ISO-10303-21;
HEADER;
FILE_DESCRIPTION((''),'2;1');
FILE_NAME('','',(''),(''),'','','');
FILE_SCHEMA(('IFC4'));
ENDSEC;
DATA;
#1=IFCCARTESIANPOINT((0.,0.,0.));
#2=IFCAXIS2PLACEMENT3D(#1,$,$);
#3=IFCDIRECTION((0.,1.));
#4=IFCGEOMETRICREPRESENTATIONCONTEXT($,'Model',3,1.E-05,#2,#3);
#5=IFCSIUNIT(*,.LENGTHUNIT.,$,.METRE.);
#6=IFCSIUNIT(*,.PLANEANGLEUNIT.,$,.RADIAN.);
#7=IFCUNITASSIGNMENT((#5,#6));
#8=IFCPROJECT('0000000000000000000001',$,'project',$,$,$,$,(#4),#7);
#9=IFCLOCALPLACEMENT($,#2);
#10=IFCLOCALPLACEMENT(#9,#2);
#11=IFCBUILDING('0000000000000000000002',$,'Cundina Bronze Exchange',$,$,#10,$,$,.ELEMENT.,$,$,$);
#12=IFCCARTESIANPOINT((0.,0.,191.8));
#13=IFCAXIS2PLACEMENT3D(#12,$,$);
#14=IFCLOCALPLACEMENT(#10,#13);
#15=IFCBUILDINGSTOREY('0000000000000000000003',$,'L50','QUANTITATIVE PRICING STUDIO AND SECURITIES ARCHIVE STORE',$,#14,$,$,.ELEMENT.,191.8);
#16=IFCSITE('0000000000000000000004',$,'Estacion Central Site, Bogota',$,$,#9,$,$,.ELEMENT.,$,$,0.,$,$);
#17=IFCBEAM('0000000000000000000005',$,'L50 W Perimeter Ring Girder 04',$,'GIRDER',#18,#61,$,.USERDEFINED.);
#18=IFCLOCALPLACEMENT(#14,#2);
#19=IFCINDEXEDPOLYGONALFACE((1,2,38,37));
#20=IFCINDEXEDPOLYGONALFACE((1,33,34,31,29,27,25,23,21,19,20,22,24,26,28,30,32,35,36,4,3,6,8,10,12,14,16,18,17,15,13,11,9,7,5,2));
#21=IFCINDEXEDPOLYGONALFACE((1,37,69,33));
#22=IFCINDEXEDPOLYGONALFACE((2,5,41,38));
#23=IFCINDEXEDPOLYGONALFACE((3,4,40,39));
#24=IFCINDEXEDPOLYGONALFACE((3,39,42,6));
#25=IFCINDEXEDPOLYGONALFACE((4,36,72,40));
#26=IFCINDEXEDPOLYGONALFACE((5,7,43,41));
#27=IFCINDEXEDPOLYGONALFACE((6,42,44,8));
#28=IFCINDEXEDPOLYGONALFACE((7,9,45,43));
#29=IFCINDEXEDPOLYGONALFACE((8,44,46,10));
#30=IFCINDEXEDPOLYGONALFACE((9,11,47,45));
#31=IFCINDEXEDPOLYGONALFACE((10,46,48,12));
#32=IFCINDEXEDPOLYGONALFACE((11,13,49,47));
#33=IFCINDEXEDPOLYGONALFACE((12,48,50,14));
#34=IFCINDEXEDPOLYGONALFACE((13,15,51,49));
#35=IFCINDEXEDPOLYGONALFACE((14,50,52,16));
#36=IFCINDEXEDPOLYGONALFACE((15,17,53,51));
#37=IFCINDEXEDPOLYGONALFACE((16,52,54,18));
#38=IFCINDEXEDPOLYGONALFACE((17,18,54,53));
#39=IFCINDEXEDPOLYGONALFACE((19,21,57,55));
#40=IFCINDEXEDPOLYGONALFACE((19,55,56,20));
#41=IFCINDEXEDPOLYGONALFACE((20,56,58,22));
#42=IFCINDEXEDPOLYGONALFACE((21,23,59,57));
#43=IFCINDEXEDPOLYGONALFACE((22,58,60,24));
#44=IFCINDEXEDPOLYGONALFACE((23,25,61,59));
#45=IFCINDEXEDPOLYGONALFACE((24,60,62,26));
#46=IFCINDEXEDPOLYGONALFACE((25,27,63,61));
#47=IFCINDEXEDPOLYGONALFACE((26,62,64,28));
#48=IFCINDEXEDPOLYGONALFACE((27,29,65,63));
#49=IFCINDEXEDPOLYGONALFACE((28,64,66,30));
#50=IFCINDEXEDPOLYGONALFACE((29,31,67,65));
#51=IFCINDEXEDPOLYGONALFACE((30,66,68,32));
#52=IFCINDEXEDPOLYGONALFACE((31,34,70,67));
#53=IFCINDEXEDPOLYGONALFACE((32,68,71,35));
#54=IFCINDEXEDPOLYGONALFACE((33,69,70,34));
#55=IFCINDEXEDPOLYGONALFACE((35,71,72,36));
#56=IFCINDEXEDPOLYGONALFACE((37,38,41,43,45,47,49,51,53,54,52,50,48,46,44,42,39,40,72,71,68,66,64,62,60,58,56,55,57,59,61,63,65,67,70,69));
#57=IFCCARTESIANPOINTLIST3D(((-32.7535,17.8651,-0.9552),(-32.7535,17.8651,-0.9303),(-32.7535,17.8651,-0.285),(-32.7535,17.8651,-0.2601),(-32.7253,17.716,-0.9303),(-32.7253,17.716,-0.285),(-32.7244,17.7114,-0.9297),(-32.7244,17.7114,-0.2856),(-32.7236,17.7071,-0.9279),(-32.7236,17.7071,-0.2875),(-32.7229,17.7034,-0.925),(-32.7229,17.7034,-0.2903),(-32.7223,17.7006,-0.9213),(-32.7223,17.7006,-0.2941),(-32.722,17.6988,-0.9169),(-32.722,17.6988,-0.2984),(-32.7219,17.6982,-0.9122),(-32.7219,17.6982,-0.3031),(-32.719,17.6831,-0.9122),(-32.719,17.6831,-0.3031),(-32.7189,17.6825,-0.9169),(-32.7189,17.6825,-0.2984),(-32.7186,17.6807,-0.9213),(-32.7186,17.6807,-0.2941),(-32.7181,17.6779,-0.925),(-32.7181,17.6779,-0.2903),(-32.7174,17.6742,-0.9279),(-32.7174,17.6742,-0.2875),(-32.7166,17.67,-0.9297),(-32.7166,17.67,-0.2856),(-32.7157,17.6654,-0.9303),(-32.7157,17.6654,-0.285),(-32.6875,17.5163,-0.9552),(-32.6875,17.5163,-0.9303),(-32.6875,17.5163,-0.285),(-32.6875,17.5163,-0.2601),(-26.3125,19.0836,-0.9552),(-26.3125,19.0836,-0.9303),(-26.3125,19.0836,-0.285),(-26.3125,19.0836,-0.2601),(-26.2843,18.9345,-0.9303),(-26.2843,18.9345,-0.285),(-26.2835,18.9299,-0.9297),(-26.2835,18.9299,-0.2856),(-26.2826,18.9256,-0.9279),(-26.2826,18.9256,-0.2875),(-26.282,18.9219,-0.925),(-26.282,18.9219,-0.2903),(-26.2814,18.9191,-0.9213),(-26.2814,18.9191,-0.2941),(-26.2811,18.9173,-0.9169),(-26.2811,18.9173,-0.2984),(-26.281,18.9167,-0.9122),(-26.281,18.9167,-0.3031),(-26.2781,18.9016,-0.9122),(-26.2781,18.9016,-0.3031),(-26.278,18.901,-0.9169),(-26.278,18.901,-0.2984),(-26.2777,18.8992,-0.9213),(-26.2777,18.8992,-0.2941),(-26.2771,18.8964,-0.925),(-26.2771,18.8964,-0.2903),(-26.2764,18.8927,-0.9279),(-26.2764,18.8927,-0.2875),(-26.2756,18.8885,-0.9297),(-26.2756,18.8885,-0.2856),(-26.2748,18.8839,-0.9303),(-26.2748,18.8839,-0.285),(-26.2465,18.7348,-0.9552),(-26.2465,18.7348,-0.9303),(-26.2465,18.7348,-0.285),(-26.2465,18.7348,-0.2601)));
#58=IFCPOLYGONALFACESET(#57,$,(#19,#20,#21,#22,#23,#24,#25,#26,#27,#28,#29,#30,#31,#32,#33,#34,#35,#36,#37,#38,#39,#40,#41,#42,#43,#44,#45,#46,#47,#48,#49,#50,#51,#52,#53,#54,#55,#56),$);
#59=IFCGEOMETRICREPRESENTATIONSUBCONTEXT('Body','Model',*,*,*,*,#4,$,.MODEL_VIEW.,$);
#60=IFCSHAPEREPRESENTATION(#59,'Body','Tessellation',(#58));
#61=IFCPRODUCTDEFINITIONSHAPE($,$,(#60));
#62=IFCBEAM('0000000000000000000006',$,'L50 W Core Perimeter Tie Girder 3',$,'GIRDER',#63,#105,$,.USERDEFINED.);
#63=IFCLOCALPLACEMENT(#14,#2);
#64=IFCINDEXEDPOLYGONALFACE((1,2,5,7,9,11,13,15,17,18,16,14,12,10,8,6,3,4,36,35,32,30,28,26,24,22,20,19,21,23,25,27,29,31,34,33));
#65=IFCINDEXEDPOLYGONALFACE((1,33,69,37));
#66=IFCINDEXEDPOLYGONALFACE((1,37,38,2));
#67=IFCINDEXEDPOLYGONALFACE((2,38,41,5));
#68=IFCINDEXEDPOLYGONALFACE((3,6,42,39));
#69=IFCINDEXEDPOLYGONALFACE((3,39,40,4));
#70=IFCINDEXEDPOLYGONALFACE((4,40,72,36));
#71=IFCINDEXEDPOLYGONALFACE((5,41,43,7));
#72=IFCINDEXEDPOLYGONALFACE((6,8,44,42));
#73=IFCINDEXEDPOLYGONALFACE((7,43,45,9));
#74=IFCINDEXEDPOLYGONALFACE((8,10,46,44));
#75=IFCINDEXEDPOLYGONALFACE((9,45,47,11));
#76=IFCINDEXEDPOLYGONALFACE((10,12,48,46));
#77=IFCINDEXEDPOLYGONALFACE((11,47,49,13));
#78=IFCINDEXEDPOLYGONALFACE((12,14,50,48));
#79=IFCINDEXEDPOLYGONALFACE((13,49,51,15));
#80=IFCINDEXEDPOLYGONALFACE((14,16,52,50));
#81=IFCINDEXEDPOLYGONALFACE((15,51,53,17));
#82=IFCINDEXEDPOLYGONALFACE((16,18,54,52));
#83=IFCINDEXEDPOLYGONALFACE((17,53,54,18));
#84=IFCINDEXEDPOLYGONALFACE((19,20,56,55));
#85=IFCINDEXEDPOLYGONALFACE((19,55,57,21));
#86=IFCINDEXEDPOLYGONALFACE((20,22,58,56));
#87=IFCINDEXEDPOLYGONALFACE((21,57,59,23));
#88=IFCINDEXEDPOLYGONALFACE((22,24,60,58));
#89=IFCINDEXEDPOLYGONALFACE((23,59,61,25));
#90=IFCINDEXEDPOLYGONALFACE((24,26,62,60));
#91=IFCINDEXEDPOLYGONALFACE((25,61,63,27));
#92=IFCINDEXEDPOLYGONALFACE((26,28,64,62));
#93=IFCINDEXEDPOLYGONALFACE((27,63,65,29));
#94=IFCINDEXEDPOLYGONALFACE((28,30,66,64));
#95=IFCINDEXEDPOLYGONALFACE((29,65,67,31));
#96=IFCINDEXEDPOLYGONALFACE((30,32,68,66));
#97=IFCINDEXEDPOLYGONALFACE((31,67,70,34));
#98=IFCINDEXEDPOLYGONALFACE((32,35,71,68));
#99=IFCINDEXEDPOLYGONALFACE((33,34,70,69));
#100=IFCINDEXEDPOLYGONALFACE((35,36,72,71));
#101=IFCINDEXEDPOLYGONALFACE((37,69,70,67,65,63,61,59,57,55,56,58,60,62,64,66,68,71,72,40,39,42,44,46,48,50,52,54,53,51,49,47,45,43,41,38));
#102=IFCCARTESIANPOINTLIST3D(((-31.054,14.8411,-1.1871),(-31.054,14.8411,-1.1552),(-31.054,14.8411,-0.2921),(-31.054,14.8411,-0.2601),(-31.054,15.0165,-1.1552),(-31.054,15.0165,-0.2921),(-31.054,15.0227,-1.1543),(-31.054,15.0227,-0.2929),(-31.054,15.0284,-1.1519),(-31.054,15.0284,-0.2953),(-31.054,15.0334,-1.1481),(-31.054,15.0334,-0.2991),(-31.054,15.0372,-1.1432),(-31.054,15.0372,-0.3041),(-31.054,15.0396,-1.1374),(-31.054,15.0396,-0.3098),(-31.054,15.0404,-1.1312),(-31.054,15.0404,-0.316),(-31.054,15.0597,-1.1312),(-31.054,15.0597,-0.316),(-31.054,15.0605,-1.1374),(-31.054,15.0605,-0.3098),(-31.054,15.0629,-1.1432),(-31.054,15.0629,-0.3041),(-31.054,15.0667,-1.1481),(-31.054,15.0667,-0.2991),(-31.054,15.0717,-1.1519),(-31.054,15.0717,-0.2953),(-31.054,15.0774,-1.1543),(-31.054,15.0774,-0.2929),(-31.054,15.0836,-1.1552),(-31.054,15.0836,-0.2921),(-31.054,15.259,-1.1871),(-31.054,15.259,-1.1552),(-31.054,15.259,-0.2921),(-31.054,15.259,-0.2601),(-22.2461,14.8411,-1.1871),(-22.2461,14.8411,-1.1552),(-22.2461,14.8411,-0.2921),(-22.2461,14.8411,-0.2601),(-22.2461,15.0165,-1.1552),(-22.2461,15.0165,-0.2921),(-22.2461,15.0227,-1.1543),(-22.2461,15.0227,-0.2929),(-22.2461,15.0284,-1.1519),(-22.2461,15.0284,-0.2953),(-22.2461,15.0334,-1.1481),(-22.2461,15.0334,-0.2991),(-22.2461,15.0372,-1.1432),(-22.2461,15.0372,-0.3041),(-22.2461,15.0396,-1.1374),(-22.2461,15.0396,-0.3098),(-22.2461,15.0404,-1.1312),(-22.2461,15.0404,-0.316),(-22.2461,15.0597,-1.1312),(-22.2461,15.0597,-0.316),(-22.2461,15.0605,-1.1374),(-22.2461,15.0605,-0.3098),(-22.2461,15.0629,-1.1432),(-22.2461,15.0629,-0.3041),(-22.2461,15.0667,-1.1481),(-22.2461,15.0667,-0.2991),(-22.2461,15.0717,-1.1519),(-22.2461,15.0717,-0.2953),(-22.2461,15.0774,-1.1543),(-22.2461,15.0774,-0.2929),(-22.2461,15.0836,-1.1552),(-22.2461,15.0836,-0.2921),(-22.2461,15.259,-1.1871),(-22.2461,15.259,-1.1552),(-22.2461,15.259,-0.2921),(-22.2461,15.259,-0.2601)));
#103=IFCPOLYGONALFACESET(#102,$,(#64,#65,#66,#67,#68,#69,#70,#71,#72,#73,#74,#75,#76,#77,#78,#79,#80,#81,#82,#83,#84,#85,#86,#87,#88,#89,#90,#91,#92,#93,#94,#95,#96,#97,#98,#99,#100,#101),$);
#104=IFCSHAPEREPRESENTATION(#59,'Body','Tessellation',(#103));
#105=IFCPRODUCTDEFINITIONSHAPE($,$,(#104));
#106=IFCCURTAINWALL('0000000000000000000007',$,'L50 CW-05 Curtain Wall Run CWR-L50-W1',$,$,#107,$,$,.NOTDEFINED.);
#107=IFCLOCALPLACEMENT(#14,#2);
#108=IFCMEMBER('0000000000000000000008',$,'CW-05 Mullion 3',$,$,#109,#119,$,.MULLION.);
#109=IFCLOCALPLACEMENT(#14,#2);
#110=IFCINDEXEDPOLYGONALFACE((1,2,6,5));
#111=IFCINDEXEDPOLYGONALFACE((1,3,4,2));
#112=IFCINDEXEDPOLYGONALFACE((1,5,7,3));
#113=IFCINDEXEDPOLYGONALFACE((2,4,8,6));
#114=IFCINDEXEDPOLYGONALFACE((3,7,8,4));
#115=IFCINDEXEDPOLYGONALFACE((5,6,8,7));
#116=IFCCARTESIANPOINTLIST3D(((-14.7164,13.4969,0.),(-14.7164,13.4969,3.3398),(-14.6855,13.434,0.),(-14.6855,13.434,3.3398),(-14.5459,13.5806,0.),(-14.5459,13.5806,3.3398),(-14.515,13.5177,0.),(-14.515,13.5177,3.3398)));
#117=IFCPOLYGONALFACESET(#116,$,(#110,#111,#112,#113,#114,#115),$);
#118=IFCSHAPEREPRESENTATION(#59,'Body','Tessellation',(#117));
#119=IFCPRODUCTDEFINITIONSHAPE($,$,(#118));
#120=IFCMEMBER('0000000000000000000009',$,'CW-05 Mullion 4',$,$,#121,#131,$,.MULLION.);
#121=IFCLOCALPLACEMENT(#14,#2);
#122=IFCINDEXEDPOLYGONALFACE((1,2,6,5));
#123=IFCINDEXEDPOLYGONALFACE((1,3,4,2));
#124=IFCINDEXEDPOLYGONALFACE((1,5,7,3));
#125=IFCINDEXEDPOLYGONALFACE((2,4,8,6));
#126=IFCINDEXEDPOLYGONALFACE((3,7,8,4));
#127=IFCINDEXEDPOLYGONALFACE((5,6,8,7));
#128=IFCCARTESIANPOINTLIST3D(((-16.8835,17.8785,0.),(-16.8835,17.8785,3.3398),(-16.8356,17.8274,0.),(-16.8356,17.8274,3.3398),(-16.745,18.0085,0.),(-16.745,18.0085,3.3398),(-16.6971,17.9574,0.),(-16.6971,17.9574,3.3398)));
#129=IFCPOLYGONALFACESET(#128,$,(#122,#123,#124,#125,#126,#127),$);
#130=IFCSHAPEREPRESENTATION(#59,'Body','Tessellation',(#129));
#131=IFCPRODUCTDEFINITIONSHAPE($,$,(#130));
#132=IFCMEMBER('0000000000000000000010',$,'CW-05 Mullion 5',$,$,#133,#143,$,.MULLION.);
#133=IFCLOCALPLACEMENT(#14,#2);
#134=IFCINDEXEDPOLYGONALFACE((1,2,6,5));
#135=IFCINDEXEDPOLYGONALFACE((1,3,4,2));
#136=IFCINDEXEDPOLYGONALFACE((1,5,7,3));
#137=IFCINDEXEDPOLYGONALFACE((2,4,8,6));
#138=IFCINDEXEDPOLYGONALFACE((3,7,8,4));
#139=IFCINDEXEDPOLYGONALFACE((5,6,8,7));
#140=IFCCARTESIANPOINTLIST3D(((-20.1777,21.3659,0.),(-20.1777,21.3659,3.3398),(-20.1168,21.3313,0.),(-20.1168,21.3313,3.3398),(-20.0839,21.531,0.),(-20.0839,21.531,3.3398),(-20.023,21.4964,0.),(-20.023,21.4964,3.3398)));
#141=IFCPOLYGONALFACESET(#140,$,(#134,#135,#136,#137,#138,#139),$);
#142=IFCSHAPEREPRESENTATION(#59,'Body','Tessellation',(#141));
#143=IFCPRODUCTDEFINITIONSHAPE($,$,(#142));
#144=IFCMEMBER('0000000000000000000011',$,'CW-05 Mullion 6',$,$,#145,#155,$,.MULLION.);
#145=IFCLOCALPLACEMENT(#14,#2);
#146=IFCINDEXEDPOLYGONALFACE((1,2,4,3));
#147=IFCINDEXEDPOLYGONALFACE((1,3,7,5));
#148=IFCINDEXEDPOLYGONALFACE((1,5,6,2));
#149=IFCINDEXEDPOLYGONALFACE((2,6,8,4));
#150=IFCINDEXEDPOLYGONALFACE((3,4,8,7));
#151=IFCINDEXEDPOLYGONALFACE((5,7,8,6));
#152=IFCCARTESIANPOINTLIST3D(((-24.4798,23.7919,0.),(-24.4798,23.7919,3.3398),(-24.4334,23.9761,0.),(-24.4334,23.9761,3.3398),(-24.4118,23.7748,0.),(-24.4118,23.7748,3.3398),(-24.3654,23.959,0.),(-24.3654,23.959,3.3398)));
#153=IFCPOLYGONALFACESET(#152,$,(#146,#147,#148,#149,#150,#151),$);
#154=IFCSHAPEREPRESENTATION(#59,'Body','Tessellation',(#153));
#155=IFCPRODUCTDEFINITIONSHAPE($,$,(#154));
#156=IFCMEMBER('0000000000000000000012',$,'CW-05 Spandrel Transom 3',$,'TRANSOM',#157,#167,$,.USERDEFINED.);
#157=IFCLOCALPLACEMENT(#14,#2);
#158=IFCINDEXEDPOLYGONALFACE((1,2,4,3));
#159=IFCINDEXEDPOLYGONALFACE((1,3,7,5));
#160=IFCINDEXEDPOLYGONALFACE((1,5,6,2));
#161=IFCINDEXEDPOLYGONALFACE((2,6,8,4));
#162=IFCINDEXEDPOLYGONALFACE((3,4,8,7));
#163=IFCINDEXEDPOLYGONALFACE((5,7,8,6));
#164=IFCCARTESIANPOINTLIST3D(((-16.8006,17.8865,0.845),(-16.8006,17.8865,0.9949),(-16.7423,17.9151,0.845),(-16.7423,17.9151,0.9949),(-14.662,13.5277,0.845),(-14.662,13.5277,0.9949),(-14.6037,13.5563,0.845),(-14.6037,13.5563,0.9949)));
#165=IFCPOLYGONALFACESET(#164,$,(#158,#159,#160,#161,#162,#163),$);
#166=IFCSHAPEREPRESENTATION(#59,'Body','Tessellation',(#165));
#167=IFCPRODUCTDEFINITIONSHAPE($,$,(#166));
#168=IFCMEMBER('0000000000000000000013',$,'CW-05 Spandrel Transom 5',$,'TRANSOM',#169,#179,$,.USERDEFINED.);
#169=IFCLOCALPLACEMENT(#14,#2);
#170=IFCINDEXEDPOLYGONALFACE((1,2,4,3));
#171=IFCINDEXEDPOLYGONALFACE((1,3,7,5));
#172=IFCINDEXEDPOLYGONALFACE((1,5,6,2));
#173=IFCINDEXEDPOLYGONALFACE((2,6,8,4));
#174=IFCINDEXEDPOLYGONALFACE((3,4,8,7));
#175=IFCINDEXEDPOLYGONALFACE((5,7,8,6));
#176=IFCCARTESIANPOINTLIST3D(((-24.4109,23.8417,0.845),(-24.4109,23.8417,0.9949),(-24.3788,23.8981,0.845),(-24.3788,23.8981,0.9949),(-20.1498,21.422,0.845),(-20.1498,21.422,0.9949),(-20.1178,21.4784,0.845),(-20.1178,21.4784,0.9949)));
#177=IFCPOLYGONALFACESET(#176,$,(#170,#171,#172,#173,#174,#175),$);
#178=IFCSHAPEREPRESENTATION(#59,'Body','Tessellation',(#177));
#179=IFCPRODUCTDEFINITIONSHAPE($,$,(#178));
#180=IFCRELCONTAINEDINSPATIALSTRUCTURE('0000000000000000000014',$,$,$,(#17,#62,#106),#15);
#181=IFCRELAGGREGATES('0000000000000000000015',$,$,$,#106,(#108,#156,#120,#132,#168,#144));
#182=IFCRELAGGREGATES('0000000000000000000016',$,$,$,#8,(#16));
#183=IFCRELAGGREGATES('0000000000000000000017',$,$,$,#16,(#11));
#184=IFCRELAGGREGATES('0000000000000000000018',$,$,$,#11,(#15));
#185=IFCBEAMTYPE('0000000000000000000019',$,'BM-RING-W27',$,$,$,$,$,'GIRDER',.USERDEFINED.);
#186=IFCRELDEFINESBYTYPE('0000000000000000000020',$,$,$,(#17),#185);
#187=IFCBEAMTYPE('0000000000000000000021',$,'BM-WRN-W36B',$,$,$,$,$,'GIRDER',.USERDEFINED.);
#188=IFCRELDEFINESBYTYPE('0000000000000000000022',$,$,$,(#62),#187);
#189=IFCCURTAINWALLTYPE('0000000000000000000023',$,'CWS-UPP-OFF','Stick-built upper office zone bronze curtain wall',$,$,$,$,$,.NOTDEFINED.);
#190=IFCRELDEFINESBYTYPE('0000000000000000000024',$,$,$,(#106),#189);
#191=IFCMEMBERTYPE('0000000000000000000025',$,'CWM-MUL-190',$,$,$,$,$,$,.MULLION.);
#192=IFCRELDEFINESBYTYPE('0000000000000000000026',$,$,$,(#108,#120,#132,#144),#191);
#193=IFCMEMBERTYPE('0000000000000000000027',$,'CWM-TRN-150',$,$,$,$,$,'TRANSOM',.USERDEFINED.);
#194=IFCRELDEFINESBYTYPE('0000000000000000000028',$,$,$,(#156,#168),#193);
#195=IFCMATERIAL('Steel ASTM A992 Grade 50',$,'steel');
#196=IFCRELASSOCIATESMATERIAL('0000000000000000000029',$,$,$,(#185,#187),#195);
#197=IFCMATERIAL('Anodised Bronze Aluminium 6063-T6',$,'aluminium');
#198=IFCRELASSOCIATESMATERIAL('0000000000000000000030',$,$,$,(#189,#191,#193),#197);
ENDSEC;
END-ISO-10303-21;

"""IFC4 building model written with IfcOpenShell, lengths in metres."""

from ifc_helpers import new_model, si_unit, direction, frame, origin, origin_2d, place, context, subcontext, project, spatial, rectangle, i_section, extrude, material, material_profile, profile_set, type_object, element, aggregate, save


model = new_model("IFC4")

# Units and contexts
model_context = context("Model", 3, precision=1e-05, world=origin(), true_north=direction((0.0, 1.0)))
body_context = subcontext(model_context, "Body", "Model", "MODEL_VIEW")
ifc_project = project(units=[si_unit("LENGTHUNIT", "METRE"), si_unit("PLANEANGLEUNIT", "RADIAN")], contexts=[model_context])

# Site, building, storey
site_placement = place(None, origin())
site = spatial("IfcSite", under=ifc_project, at=site_placement, Name="Estacion Central Site, Bogota", CompositionType="ELEMENT", RefElevation=0.0)
building_placement = place(site_placement, origin())
building = spatial("IfcBuilding", under=site, at=building_placement, Name="Cundina Bronze Exchange", CompositionType="ELEMENT")
storey_placement = place(building_placement, frame((0.0, 0.0, 191.8)))
storey = spatial("IfcBuildingStorey", under=building, at=storey_placement, Name="L50", Description="QUANTITATIVE PRICING STUDIO AND SECURITIES ARCHIVE STORE", CompositionType="ELEMENT", Elevation=191.8)

# Shared definitions
ifc_material_1 = material(Name="Steel ASTM A992 Grade 50", Category="steel")

# Beams
ifc_material_profile_1 = material_profile(ifc_material_1, i_section(OverallWidth=0.355, OverallDepth=0.6951, WebThickness=0.0154, FlangeThickness=0.0249, FilletRadius=0.0181, at=origin_2d()), Name="W27X146", Category="steel")
ifc_profile_set_1 = profile_set([ifc_material_profile_1], Name="Steel ASTM A992 Grade 50")
beam_type_1 = type_object("IfcBeamType", Name="BM-RING-W27", ElementType="GIRDER", PredefinedType="USERDEFINED", material=ifc_profile_set_1)
beam_1_placement = place(storey_placement, frame((-26.2795, 18.9092, -0.6077), z_axis=(-0.982572, -0.185885, 0.0), x_axis=(0.185885, -0.982572, 0.0)))
element("IfcBeam", 1, at=beam_1_placement, inside=storey, type_object=beam_type_1, Name="L50 W Perimeter Ring Girder 04", ObjectType="GIRDER", PredefinedType="USERDEFINED", context=body_context, shape_type="SweptSolid", body=[
    extrude(i_section(OverallWidth=0.355, OverallDepth=0.6951, WebThickness=0.0154, FlangeThickness=0.0249, FilletRadius=0.0181, at=origin_2d()), origin(), (0.0, 0.0, 1.0), 6.5552),
])
ifc_material_profile_2 = material_profile(ifc_material_1, i_section(OverallWidth=0.418, OverallDepth=0.927, WebThickness=0.0193, FlangeThickness=0.032, FilletRadius=0.0239, at=origin_2d()), Name="W36X231", Category="steel")
ifc_profile_set_2 = profile_set([ifc_material_profile_2], Name="Steel ASTM A992 Grade 50")
beam_type_2 = type_object("IfcBeamType", Name="BM-WRN-W36B", ElementType="GIRDER", PredefinedType="USERDEFINED", material=ifc_profile_set_2)
beam_2_placement = place(storey_placement, frame((-22.2461, 15.05, -0.7236), z_axis=(-1.0, 0.0, 0.0), x_axis=(0.0, -1.0, 0.0)))
element("IfcBeam", 2, at=beam_2_placement, inside=storey, type_object=beam_type_2, Name="L50 W Core Perimeter Tie Girder 3", ObjectType="GIRDER", PredefinedType="USERDEFINED", context=body_context, shape_type="SweptSolid", body=[
    extrude(i_section(OverallWidth=0.418, OverallDepth=0.927, WebThickness=0.0193, FlangeThickness=0.032, FilletRadius=0.0239, at=origin_2d()), origin(), (0.0, 0.0, 1.0), 8.8079),
])

# Curtain wall, members
ifc_material_2 = material(Name="Anodised Bronze Aluminium 6063-T6", Category="aluminium")
curtain_wall_type = type_object("IfcCurtainWallType", Name="CWS-UPP-OFF", Description="Stick-built upper office zone bronze curtain wall", PredefinedType="NOTDEFINED", material=ifc_material_2)
curtain_wall_placement = place(storey_placement, origin())
curtain_wall = element("IfcCurtainWall", 3, at=curtain_wall_placement, inside=storey, type_object=curtain_wall_type, Name="L50 CW-05 Curtain Wall Run CWR-L50-W1", PredefinedType="NOTDEFINED")
ifc_material_profile_3 = material_profile(ifc_material_2, rectangle(XDim=0.0701, YDim=0.1899, at=origin_2d()), Name="AL70X190", Category="aluminium")
ifc_profile_set_3 = profile_set([ifc_material_profile_3], Name="Anodised Bronze Aluminium 6063-T6")
member_type_1 = type_object("IfcMemberType", Name="CWM-MUL-190", PredefinedType="MULLION", material=ifc_profile_set_3)
member_1_placement = place(storey_placement, frame((-14.6157, 13.5073, 0.0), z_axis=(0.0, 0.0, 1.0), x_axis=(-0.440566, 0.89772, 0.0)))
member_1 = element("IfcMember", 4, at=member_1_placement, type_object=member_type_1, Name="CW-05 Mullion 3", PredefinedType="MULLION", context=body_context, shape_type="SweptSolid", body=[
    extrude(rectangle(XDim=0.0701, YDim=0.1899, at=origin_2d()), origin(), (0.0, 0.0, 1.0), 3.3398),
])
member_2_placement = place(storey_placement, frame((-16.7903, 17.918, 0.0), z_axis=(0.0, 0.0, 1.0), x_axis=(-0.684293, 0.729208, 0.0)))
member_2 = element("IfcMember", 5, at=member_2_placement, type_object=member_type_1, Name="CW-05 Mullion 4", PredefinedType="MULLION", context=body_context, shape_type="SweptSolid", body=[
    extrude(rectangle(XDim=0.0701, YDim=0.1899, at=origin_2d()), origin(), (0.0, 0.0, 1.0), 3.3398),
])
member_3_placement = place(storey_placement, frame((-20.1003, 21.4312, 0.0), z_axis=(0.0, 0.0, 1.0), x_axis=(-0.869581, 0.49379, 0.0)))
member_3 = element("IfcMember", 6, at=member_3_placement, type_object=member_type_1, Name="CW-05 Mullion 5", PredefinedType="MULLION", context=body_context, shape_type="SweptSolid", body=[
    extrude(rectangle(XDim=0.0701, YDim=0.1899, at=origin_2d()), origin(), (0.0, 0.0, 1.0), 3.3398),
])
member_4_placement = place(storey_placement, frame((-24.4226, 23.8755, 0.0), z_axis=(0.0, 0.0, 1.0), x_axis=(-0.969744, 0.244123, 0.0)))
member_4 = element("IfcMember", 7, at=member_4_placement, type_object=member_type_1, Name="CW-05 Mullion 6", PredefinedType="MULLION", context=body_context, shape_type="SweptSolid", body=[
    extrude(rectangle(XDim=0.0701, YDim=0.1899, at=origin_2d()), origin(), (0.0, 0.0, 1.0), 3.3398),
])
ifc_material_profile_4 = material_profile(ifc_material_2, rectangle(XDim=0.0649, YDim=0.1499, at=origin_2d()), Name="AL65X150", Category="aluminium")
ifc_profile_set_4 = profile_set([ifc_material_profile_4], Name="Anodised Bronze Aluminium 6063-T6")
member_type_2 = type_object("IfcMemberType", Name="CWM-TRN-150", ElementType="TRANSOM", PredefinedType="USERDEFINED", material=ifc_profile_set_4)
member_5_placement = place(storey_placement, frame((-14.6328, 13.542, 0.9199), z_axis=(-0.440483, 0.897761, 0.0), x_axis=(-0.897761, -0.440483, 0.0)))
member_5 = element("IfcMember", 8, at=member_5_placement, type_object=member_type_2, Name="CW-05 Spandrel Transom 3", ObjectType="TRANSOM", PredefinedType="USERDEFINED", context=body_context, shape_type="SweptSolid", body=[
    extrude(rectangle(XDim=0.0649, YDim=0.1499, at=origin_2d()), origin(), (0.0, 0.0, 1.0), 4.8552),
])
member_6_placement = place(storey_placement, frame((-20.1338, 21.4502, 0.9199), z_axis=(-0.869574, 0.493803, 0.0), x_axis=(-0.493803, -0.869574, 0.0)))
member_6 = element("IfcMember", 9, at=member_6_placement, type_object=member_type_2, Name="CW-05 Spandrel Transom 5", ObjectType="TRANSOM", PredefinedType="USERDEFINED", context=body_context, shape_type="SweptSolid", body=[
    extrude(rectangle(XDim=0.0649, YDim=0.1499, at=origin_2d()), origin(), (0.0, 0.0, 1.0), 4.9001),
])
aggregate(curtain_wall, [member_1, member_5, member_2, member_3, member_6, member_4])

save(model, "model.ifc")
